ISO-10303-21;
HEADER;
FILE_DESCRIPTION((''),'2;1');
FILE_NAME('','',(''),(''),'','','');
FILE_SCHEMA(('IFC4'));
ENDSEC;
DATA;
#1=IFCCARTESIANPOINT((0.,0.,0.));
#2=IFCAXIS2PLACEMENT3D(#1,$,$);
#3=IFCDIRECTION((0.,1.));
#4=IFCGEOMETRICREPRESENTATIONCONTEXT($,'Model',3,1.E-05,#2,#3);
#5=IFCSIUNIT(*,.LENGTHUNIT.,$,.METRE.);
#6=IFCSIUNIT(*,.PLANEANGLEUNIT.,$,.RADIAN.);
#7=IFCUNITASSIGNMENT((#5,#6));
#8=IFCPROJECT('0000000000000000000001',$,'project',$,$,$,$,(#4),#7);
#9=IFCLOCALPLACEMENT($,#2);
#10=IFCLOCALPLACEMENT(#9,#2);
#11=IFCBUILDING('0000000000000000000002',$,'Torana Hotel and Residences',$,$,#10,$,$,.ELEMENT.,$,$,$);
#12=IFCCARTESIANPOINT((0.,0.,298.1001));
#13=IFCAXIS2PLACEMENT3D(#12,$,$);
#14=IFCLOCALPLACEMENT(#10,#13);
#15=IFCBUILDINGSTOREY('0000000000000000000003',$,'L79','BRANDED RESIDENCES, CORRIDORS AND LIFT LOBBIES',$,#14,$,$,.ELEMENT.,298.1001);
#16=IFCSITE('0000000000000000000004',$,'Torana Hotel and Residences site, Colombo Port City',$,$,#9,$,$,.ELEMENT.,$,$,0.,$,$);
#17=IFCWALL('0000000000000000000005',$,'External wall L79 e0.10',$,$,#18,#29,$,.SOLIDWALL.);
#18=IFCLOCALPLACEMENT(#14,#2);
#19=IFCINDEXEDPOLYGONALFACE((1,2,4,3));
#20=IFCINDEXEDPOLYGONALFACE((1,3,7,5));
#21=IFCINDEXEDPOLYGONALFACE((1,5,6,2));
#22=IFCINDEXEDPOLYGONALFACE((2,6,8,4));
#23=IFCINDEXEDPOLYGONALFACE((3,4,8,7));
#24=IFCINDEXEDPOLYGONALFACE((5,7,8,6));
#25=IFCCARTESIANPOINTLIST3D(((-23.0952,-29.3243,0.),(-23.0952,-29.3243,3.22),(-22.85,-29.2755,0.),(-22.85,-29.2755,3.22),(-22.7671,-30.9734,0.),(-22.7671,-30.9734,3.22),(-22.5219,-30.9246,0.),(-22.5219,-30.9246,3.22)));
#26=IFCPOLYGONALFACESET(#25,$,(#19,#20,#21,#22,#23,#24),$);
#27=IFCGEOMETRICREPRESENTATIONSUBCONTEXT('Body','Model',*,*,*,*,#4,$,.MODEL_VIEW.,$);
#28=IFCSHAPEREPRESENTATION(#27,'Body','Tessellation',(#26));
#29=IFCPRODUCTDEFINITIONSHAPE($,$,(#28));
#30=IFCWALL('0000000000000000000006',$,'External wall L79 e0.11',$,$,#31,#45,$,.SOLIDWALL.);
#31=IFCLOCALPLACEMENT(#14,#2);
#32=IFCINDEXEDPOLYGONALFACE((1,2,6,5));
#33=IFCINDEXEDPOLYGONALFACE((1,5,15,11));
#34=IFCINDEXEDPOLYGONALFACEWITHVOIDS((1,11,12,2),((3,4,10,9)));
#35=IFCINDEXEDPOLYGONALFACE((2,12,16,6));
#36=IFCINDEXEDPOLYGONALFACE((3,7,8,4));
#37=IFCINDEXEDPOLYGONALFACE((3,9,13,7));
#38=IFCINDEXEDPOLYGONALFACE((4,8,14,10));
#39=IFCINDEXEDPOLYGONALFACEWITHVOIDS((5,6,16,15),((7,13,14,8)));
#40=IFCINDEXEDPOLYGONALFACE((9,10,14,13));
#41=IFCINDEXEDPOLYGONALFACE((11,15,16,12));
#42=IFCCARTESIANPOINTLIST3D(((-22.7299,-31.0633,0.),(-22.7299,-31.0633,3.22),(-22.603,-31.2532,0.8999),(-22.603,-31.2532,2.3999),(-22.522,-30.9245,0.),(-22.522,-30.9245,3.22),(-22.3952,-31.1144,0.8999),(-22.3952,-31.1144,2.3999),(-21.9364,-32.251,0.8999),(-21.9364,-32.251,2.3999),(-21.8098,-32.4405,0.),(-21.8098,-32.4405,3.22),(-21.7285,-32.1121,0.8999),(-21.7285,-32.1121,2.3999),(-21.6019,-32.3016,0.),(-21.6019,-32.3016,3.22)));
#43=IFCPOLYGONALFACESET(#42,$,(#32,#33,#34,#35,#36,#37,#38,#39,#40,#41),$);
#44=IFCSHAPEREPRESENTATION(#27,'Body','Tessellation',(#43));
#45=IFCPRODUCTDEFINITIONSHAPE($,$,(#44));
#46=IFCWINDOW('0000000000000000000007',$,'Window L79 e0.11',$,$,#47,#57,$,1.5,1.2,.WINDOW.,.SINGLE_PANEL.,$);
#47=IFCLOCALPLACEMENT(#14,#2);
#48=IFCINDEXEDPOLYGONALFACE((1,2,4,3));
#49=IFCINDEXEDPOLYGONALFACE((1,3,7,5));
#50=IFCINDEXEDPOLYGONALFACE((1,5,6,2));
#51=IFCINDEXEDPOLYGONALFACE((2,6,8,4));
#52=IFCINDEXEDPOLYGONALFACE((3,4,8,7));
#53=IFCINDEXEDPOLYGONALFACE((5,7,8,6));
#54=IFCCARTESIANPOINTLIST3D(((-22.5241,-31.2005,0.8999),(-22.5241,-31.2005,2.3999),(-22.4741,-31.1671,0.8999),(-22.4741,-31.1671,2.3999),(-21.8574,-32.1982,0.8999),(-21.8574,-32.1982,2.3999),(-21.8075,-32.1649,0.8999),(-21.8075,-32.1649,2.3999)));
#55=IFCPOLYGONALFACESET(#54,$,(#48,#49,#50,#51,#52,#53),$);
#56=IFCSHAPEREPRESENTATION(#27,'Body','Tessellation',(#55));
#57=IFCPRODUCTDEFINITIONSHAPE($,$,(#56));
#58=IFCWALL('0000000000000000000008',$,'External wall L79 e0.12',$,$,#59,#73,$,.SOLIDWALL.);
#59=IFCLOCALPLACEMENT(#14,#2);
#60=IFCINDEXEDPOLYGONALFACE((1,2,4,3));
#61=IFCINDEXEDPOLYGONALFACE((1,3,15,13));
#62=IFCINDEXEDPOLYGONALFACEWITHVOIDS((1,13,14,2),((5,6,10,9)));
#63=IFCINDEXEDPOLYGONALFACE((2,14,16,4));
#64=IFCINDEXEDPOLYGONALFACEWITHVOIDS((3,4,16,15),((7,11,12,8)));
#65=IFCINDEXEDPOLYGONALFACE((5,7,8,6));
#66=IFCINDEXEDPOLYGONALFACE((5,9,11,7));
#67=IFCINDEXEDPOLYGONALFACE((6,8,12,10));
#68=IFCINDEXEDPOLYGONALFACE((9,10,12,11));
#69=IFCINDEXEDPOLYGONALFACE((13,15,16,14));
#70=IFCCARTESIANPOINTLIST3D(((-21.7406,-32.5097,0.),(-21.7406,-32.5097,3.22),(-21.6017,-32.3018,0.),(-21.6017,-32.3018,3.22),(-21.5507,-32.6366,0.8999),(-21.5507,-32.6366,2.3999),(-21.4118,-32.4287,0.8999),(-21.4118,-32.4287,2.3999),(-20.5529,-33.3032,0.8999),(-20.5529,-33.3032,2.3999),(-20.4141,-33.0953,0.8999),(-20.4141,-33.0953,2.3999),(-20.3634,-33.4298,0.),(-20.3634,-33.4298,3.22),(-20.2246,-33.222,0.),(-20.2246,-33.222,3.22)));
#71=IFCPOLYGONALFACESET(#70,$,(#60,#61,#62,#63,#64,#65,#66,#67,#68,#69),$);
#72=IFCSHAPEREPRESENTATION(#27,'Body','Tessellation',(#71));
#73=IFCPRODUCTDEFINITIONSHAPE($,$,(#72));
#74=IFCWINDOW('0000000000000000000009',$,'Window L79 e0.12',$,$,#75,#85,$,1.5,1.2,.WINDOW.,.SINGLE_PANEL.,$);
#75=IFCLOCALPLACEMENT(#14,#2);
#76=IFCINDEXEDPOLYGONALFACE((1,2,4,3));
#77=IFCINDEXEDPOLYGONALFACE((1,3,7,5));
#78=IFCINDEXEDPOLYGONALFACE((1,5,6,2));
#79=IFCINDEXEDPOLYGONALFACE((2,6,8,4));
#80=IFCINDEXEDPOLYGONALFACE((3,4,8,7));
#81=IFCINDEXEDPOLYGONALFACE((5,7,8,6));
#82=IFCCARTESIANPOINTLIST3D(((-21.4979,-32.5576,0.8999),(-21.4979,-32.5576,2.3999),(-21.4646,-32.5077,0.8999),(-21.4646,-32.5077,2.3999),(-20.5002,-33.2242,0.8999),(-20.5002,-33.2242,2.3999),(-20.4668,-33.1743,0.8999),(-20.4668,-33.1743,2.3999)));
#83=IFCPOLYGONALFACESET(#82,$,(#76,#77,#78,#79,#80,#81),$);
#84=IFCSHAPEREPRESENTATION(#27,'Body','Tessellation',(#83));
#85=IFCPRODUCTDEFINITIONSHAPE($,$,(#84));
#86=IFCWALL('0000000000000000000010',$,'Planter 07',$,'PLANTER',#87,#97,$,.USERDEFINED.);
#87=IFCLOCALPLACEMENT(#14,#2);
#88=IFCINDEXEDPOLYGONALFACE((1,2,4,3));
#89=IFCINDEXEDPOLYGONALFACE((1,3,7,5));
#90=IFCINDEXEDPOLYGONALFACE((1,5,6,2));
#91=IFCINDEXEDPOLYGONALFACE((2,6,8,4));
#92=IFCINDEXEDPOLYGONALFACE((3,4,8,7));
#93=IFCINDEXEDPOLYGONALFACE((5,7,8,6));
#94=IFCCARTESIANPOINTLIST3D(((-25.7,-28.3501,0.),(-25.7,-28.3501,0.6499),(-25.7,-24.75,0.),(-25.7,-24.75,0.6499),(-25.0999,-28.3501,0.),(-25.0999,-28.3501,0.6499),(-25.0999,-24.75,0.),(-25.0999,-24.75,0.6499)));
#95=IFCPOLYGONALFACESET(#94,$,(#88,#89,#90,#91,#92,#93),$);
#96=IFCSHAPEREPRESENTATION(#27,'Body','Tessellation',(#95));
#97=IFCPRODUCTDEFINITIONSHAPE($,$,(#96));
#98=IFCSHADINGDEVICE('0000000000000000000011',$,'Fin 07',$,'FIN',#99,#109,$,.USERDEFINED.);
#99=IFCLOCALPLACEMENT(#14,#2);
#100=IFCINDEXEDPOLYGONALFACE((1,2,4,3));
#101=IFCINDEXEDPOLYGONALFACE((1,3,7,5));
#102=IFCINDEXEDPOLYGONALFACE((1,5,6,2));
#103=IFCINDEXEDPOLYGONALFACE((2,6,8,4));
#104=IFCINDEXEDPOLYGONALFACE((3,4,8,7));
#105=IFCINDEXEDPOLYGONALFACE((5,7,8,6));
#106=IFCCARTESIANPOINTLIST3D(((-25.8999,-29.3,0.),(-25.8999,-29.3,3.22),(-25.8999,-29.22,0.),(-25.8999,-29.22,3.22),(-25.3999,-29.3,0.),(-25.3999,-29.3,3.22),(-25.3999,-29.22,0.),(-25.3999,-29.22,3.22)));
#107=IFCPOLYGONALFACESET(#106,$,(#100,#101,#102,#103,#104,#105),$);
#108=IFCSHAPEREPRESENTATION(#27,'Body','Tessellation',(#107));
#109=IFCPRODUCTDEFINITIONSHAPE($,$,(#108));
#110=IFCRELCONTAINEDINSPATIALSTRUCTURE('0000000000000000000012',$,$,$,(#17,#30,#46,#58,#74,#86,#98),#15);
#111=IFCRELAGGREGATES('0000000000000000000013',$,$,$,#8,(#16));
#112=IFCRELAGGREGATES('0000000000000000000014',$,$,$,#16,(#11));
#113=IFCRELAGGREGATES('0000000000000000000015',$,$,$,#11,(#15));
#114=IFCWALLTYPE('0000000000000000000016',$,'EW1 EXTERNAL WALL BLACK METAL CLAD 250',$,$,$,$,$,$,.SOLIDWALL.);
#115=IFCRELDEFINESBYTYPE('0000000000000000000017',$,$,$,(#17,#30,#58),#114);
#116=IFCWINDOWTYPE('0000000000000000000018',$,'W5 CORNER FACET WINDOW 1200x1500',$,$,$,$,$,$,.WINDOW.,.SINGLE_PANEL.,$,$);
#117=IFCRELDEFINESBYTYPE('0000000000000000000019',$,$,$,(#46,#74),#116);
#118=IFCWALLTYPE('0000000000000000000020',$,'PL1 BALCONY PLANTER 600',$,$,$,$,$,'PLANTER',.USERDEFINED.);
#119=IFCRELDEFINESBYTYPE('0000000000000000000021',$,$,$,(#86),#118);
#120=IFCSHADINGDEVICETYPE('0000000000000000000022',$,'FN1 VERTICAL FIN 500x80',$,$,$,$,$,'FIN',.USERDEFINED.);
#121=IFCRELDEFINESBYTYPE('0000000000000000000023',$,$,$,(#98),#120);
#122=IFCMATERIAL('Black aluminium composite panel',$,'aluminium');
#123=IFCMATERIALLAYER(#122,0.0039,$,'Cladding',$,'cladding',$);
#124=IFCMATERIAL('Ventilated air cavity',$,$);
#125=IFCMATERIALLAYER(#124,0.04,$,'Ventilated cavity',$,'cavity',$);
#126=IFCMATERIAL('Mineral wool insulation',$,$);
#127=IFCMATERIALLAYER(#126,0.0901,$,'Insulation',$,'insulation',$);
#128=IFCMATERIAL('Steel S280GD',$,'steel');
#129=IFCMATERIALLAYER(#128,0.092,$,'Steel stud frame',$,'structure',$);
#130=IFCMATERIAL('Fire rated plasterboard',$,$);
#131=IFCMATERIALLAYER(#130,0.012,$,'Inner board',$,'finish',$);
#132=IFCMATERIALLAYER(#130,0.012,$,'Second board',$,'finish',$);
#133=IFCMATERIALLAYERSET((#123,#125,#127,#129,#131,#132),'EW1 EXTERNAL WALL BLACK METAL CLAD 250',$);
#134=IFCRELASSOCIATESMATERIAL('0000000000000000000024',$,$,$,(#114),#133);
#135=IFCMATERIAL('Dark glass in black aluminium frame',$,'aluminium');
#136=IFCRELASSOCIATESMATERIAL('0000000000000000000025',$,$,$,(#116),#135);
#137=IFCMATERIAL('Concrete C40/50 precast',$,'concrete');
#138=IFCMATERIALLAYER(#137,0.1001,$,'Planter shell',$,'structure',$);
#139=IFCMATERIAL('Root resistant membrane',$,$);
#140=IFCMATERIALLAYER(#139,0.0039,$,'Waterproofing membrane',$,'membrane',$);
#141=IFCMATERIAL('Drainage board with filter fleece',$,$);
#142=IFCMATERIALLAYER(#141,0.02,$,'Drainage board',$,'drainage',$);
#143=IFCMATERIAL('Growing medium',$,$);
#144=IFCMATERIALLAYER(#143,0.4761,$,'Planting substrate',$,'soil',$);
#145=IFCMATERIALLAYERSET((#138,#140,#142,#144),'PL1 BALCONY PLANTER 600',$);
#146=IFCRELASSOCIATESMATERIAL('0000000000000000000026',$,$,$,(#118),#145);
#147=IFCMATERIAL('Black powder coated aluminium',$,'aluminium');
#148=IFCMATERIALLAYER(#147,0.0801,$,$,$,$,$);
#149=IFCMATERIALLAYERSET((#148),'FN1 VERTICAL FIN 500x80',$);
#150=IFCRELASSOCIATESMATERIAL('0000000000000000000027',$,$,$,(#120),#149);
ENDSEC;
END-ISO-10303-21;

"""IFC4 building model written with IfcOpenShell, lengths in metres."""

from ifc_helpers import new_model, si_unit, direction, frame, frame_2d, origin, origin_2d, place, context, subcontext, project, spatial, rectangle, extrude, material, layer, layer_set, type_object, element, fill, save


model = new_model("IFC4")

# Units and contexts
model_context = context("Model", 3, precision=1e-05, world=origin(), true_north=direction((0.0, 1.0)))
body_context = subcontext(model_context, "Body", "Model", "MODEL_VIEW")
ifc_project = project(units=[si_unit("LENGTHUNIT", "METRE"), si_unit("PLANEANGLEUNIT", "RADIAN")], contexts=[model_context])

# Site, building, storey
site_placement = place(None, origin())
site = spatial("IfcSite", under=ifc_project, at=site_placement, Name="Torana Hotel and Residences site, Colombo Port City", CompositionType="ELEMENT", RefElevation=0.0)
building_placement = place(site_placement, origin())
building = spatial("IfcBuilding", under=site, at=building_placement, Name="Torana Hotel and Residences", CompositionType="ELEMENT")
storey_placement = place(building_placement, frame((0.0, 0.0, 298.1001)))
storey = spatial("IfcBuildingStorey", under=building, at=storey_placement, Name="L79", Description="BRANDED RESIDENCES, CORRIDORS AND LIFT LOBBIES", CompositionType="ELEMENT", Elevation=298.1001)

# Wall
ifc_material_1 = material(Name="Black aluminium composite panel", Category="aluminium")
ifc_layer_1 = layer(ifc_material_1, 0.0039, Name="Cladding", Category="cladding")
ifc_material_2 = material(Name="Ventilated air cavity")
ifc_layer_2 = layer(ifc_material_2, 0.04, Name="Ventilated cavity", Category="cavity")
ifc_material_3 = material(Name="Mineral wool insulation")
ifc_layer_3 = layer(ifc_material_3, 0.0901, Name="Insulation", Category="insulation")
ifc_material_4 = material(Name="Steel S280GD", Category="steel")
ifc_layer_4 = layer(ifc_material_4, 0.092, Name="Steel stud frame", Category="structure")
ifc_material_5 = material(Name="Fire rated plasterboard")
ifc_layer_5 = layer(ifc_material_5, 0.012, Name="Inner board", Category="finish")
ifc_layer_6 = layer(ifc_material_5, 0.012, Name="Second board", Category="finish")
ifc_layer_set_1 = layer_set([ifc_layer_1, ifc_layer_2, ifc_layer_3, ifc_layer_4, ifc_layer_5, ifc_layer_6], Name="EW1 EXTERNAL WALL BLACK METAL CLAD 250")
wall_type_1 = type_object("IfcWallType", Name="EW1 EXTERNAL WALL BLACK METAL CLAD 250", PredefinedType="SOLIDWALL", material=ifc_layer_set_1)
wall_1_placement = place(storey_placement, frame((-22.9727, -29.2998, 0.0), z_axis=(0.0, 0.0, 1.0), x_axis=(0.195139, -0.980776, 0.0)))
element("IfcWall", 1, at=wall_1_placement, inside=storey, type_object=wall_type_1, Name="External wall L79 e0.10", PredefinedType="SOLIDWALL", context=body_context, shape_type="SweptSolid", body=[
    extrude(rectangle(XDim=1.6814, YDim=0.25, at=frame_2d((0.8408, 0.0))), origin(), (0.0, 0.0, 1.0), 3.22),
])

# Walls, openings, windows
wall_2_placement = place(storey_placement, frame((-22.626, -30.9939, 0.0), z_axis=(0.0, 0.0, 1.0), x_axis=(0.55555, -0.831483, 0.0)))
wall_2 = element("IfcWall", 2, at=wall_2_placement, inside=storey, type_object=wall_type_1, Name="External wall L79 e0.11", PredefinedType="SOLIDWALL", context=body_context, shape_type="SweptSolid", body=[
    extrude(rectangle(XDim=1.6562, YDim=0.25, at=frame_2d((0.8281, 0.0))), origin(), (0.0, 0.0, 1.0), 3.22),
])
opening_1_placement = place(wall_2_placement, frame((0.2283, 0.0, 0.8999)))
opening_1 = element("IfcOpeningElement", 3, at=opening_1_placement, cuts=wall_2, PredefinedType="OPENING", context=body_context, shape_type="SweptSolid", body=[
    extrude(rectangle(XDim=1.2, YDim=1.5, at=frame_2d((0.6001, 0.75))), frame((0.0, 0.135, 0.0), z_axis=(0.0, -1.0, 0.0), x_axis=(1.0, 0.0, 0.0)), (0.0, 0.0, 1.0), 0.27),
])
ifc_material_6 = material(Name="Dark glass in black aluminium frame", Category="aluminium")
window_type = type_object("IfcWindowType", Name="W5 CORNER FACET WINDOW 1200x1500", PartitioningType="SINGLE_PANEL", PredefinedType="WINDOW", material=ifc_material_6)
window_1_placement = place(opening_1_placement, origin())
window_1 = element("IfcWindow", 4, at=window_1_placement, inside=storey, type_object=window_type, Name="Window L79 e0.11", OverallHeight=1.5, OverallWidth=1.2, PartitioningType="SINGLE_PANEL", PredefinedType="WINDOW", context=body_context, shape_type="SweptSolid", body=[
    extrude(rectangle(XDim=1.2, YDim=1.5, at=frame_2d((0.6001, 0.75))), frame((0.0, 0.03, 0.0), z_axis=(0.0, -1.0, 0.0), x_axis=(1.0, 0.0, 0.0)), (0.0, 0.0, 1.0), 0.0601),
])
fill(opening_1, window_1)
wall_3_placement = place(storey_placement, frame((-21.6711, -32.4058, 0.0), z_axis=(0.0, 0.0, 1.0), x_axis=(0.831483, -0.55555, 0.0)))
wall_3 = element("IfcWall", 5, at=wall_3_placement, inside=storey, type_object=wall_type_1, Name="External wall L79 e0.12", PredefinedType="SOLIDWALL", context=body_context, shape_type="SweptSolid", body=[
    extrude(rectangle(XDim=1.6562, YDim=0.25, at=frame_2d((0.8281, 0.0))), origin(), (0.0, 0.0, 1.0), 3.22),
])
opening_2_placement = place(wall_3_placement, frame((0.2283, 0.0, 0.8999)))
opening_2 = element("IfcOpeningElement", 6, at=opening_2_placement, cuts=wall_3, PredefinedType="OPENING", context=body_context, shape_type="SweptSolid", body=[
    extrude(rectangle(XDim=1.2, YDim=1.5, at=frame_2d((0.6001, 0.75))), frame((0.0, 0.135, 0.0), z_axis=(0.0, -1.0, 0.0), x_axis=(1.0, 0.0, 0.0)), (0.0, 0.0, 1.0), 0.27),
])
window_2_placement = place(opening_2_placement, origin())
window_2 = element("IfcWindow", 7, at=window_2_placement, inside=storey, type_object=window_type, Name="Window L79 e0.12", OverallHeight=1.5, OverallWidth=1.2, PartitioningType="SINGLE_PANEL", PredefinedType="WINDOW", context=body_context, shape_type="SweptSolid", body=[
    extrude(rectangle(XDim=1.2, YDim=1.5, at=frame_2d((0.6001, 0.75))), frame((0.0, 0.03, 0.0), z_axis=(0.0, -1.0, 0.0), x_axis=(1.0, 0.0, 0.0)), (0.0, 0.0, 1.0), 0.0601),
])
fill(opening_2, window_2)

# Wall
ifc_material_7 = material(Name="Concrete C40/50 precast", Category="concrete")
ifc_layer_7 = layer(ifc_material_7, 0.1001, Name="Planter shell", Category="structure")
ifc_material_8 = material(Name="Root resistant membrane")
ifc_layer_8 = layer(ifc_material_8, 0.0039, Name="Waterproofing membrane", Category="membrane")
ifc_material_9 = material(Name="Drainage board with filter fleece")
ifc_layer_9 = layer(ifc_material_9, 0.02, Name="Drainage board", Category="drainage")
ifc_material_10 = material(Name="Growing medium")
ifc_layer_10 = layer(ifc_material_10, 0.4761, Name="Planting substrate", Category="soil")
ifc_layer_set_2 = layer_set([ifc_layer_7, ifc_layer_8, ifc_layer_9, ifc_layer_10], Name="PL1 BALCONY PLANTER 600")
wall_type_2 = type_object("IfcWallType", Name="PL1 BALCONY PLANTER 600", ElementType="PLANTER", PredefinedType="USERDEFINED", material=ifc_layer_set_2)
wall_4_placement = place(storey_placement, frame((-25.3999, -28.3501, 0.0), z_axis=(0.0, 0.0, 1.0), x_axis=(0.0, 1.0, 0.0)))
element("IfcWall", 8, at=wall_4_placement, inside=storey, type_object=wall_type_2, Name="Planter 07", ObjectType="PLANTER", PredefinedType="USERDEFINED", context=body_context, shape_type="SweptSolid", body=[
    extrude(rectangle(XDim=3.6001, YDim=0.6001, at=frame_2d((1.8, 0.0))), origin(), (0.0, 0.0, 1.0), 0.6499),
])

# Shading device
ifc_material_11 = material(Name="Black powder coated aluminium", Category="aluminium")
ifc_layer_11 = layer(ifc_material_11, 0.0801)
ifc_layer_set_3 = layer_set([ifc_layer_11], Name="FN1 VERTICAL FIN 500x80")
shading_device_type = type_object("IfcShadingDeviceType", Name="FN1 VERTICAL FIN 500x80", ElementType="FIN", PredefinedType="USERDEFINED", material=ifc_layer_set_3)
shading_device_placement = place(storey_placement, frame((-25.6499, -29.26, 0.0), z_axis=(0.0, 0.0, 1.0), x_axis=(0.0, 1.0, 0.0)))
element("IfcShadingDevice", 9, at=shading_device_placement, inside=storey, type_object=shading_device_type, Name="Fin 07", ObjectType="FIN", PredefinedType="USERDEFINED", context=body_context, shape_type="SweptSolid", body=[
    extrude(rectangle(XDim=0.0801, YDim=0.5, at=origin_2d()), origin(), (0.0, 0.0, 1.0), 3.22),
])

save(model, "model.ifc")
